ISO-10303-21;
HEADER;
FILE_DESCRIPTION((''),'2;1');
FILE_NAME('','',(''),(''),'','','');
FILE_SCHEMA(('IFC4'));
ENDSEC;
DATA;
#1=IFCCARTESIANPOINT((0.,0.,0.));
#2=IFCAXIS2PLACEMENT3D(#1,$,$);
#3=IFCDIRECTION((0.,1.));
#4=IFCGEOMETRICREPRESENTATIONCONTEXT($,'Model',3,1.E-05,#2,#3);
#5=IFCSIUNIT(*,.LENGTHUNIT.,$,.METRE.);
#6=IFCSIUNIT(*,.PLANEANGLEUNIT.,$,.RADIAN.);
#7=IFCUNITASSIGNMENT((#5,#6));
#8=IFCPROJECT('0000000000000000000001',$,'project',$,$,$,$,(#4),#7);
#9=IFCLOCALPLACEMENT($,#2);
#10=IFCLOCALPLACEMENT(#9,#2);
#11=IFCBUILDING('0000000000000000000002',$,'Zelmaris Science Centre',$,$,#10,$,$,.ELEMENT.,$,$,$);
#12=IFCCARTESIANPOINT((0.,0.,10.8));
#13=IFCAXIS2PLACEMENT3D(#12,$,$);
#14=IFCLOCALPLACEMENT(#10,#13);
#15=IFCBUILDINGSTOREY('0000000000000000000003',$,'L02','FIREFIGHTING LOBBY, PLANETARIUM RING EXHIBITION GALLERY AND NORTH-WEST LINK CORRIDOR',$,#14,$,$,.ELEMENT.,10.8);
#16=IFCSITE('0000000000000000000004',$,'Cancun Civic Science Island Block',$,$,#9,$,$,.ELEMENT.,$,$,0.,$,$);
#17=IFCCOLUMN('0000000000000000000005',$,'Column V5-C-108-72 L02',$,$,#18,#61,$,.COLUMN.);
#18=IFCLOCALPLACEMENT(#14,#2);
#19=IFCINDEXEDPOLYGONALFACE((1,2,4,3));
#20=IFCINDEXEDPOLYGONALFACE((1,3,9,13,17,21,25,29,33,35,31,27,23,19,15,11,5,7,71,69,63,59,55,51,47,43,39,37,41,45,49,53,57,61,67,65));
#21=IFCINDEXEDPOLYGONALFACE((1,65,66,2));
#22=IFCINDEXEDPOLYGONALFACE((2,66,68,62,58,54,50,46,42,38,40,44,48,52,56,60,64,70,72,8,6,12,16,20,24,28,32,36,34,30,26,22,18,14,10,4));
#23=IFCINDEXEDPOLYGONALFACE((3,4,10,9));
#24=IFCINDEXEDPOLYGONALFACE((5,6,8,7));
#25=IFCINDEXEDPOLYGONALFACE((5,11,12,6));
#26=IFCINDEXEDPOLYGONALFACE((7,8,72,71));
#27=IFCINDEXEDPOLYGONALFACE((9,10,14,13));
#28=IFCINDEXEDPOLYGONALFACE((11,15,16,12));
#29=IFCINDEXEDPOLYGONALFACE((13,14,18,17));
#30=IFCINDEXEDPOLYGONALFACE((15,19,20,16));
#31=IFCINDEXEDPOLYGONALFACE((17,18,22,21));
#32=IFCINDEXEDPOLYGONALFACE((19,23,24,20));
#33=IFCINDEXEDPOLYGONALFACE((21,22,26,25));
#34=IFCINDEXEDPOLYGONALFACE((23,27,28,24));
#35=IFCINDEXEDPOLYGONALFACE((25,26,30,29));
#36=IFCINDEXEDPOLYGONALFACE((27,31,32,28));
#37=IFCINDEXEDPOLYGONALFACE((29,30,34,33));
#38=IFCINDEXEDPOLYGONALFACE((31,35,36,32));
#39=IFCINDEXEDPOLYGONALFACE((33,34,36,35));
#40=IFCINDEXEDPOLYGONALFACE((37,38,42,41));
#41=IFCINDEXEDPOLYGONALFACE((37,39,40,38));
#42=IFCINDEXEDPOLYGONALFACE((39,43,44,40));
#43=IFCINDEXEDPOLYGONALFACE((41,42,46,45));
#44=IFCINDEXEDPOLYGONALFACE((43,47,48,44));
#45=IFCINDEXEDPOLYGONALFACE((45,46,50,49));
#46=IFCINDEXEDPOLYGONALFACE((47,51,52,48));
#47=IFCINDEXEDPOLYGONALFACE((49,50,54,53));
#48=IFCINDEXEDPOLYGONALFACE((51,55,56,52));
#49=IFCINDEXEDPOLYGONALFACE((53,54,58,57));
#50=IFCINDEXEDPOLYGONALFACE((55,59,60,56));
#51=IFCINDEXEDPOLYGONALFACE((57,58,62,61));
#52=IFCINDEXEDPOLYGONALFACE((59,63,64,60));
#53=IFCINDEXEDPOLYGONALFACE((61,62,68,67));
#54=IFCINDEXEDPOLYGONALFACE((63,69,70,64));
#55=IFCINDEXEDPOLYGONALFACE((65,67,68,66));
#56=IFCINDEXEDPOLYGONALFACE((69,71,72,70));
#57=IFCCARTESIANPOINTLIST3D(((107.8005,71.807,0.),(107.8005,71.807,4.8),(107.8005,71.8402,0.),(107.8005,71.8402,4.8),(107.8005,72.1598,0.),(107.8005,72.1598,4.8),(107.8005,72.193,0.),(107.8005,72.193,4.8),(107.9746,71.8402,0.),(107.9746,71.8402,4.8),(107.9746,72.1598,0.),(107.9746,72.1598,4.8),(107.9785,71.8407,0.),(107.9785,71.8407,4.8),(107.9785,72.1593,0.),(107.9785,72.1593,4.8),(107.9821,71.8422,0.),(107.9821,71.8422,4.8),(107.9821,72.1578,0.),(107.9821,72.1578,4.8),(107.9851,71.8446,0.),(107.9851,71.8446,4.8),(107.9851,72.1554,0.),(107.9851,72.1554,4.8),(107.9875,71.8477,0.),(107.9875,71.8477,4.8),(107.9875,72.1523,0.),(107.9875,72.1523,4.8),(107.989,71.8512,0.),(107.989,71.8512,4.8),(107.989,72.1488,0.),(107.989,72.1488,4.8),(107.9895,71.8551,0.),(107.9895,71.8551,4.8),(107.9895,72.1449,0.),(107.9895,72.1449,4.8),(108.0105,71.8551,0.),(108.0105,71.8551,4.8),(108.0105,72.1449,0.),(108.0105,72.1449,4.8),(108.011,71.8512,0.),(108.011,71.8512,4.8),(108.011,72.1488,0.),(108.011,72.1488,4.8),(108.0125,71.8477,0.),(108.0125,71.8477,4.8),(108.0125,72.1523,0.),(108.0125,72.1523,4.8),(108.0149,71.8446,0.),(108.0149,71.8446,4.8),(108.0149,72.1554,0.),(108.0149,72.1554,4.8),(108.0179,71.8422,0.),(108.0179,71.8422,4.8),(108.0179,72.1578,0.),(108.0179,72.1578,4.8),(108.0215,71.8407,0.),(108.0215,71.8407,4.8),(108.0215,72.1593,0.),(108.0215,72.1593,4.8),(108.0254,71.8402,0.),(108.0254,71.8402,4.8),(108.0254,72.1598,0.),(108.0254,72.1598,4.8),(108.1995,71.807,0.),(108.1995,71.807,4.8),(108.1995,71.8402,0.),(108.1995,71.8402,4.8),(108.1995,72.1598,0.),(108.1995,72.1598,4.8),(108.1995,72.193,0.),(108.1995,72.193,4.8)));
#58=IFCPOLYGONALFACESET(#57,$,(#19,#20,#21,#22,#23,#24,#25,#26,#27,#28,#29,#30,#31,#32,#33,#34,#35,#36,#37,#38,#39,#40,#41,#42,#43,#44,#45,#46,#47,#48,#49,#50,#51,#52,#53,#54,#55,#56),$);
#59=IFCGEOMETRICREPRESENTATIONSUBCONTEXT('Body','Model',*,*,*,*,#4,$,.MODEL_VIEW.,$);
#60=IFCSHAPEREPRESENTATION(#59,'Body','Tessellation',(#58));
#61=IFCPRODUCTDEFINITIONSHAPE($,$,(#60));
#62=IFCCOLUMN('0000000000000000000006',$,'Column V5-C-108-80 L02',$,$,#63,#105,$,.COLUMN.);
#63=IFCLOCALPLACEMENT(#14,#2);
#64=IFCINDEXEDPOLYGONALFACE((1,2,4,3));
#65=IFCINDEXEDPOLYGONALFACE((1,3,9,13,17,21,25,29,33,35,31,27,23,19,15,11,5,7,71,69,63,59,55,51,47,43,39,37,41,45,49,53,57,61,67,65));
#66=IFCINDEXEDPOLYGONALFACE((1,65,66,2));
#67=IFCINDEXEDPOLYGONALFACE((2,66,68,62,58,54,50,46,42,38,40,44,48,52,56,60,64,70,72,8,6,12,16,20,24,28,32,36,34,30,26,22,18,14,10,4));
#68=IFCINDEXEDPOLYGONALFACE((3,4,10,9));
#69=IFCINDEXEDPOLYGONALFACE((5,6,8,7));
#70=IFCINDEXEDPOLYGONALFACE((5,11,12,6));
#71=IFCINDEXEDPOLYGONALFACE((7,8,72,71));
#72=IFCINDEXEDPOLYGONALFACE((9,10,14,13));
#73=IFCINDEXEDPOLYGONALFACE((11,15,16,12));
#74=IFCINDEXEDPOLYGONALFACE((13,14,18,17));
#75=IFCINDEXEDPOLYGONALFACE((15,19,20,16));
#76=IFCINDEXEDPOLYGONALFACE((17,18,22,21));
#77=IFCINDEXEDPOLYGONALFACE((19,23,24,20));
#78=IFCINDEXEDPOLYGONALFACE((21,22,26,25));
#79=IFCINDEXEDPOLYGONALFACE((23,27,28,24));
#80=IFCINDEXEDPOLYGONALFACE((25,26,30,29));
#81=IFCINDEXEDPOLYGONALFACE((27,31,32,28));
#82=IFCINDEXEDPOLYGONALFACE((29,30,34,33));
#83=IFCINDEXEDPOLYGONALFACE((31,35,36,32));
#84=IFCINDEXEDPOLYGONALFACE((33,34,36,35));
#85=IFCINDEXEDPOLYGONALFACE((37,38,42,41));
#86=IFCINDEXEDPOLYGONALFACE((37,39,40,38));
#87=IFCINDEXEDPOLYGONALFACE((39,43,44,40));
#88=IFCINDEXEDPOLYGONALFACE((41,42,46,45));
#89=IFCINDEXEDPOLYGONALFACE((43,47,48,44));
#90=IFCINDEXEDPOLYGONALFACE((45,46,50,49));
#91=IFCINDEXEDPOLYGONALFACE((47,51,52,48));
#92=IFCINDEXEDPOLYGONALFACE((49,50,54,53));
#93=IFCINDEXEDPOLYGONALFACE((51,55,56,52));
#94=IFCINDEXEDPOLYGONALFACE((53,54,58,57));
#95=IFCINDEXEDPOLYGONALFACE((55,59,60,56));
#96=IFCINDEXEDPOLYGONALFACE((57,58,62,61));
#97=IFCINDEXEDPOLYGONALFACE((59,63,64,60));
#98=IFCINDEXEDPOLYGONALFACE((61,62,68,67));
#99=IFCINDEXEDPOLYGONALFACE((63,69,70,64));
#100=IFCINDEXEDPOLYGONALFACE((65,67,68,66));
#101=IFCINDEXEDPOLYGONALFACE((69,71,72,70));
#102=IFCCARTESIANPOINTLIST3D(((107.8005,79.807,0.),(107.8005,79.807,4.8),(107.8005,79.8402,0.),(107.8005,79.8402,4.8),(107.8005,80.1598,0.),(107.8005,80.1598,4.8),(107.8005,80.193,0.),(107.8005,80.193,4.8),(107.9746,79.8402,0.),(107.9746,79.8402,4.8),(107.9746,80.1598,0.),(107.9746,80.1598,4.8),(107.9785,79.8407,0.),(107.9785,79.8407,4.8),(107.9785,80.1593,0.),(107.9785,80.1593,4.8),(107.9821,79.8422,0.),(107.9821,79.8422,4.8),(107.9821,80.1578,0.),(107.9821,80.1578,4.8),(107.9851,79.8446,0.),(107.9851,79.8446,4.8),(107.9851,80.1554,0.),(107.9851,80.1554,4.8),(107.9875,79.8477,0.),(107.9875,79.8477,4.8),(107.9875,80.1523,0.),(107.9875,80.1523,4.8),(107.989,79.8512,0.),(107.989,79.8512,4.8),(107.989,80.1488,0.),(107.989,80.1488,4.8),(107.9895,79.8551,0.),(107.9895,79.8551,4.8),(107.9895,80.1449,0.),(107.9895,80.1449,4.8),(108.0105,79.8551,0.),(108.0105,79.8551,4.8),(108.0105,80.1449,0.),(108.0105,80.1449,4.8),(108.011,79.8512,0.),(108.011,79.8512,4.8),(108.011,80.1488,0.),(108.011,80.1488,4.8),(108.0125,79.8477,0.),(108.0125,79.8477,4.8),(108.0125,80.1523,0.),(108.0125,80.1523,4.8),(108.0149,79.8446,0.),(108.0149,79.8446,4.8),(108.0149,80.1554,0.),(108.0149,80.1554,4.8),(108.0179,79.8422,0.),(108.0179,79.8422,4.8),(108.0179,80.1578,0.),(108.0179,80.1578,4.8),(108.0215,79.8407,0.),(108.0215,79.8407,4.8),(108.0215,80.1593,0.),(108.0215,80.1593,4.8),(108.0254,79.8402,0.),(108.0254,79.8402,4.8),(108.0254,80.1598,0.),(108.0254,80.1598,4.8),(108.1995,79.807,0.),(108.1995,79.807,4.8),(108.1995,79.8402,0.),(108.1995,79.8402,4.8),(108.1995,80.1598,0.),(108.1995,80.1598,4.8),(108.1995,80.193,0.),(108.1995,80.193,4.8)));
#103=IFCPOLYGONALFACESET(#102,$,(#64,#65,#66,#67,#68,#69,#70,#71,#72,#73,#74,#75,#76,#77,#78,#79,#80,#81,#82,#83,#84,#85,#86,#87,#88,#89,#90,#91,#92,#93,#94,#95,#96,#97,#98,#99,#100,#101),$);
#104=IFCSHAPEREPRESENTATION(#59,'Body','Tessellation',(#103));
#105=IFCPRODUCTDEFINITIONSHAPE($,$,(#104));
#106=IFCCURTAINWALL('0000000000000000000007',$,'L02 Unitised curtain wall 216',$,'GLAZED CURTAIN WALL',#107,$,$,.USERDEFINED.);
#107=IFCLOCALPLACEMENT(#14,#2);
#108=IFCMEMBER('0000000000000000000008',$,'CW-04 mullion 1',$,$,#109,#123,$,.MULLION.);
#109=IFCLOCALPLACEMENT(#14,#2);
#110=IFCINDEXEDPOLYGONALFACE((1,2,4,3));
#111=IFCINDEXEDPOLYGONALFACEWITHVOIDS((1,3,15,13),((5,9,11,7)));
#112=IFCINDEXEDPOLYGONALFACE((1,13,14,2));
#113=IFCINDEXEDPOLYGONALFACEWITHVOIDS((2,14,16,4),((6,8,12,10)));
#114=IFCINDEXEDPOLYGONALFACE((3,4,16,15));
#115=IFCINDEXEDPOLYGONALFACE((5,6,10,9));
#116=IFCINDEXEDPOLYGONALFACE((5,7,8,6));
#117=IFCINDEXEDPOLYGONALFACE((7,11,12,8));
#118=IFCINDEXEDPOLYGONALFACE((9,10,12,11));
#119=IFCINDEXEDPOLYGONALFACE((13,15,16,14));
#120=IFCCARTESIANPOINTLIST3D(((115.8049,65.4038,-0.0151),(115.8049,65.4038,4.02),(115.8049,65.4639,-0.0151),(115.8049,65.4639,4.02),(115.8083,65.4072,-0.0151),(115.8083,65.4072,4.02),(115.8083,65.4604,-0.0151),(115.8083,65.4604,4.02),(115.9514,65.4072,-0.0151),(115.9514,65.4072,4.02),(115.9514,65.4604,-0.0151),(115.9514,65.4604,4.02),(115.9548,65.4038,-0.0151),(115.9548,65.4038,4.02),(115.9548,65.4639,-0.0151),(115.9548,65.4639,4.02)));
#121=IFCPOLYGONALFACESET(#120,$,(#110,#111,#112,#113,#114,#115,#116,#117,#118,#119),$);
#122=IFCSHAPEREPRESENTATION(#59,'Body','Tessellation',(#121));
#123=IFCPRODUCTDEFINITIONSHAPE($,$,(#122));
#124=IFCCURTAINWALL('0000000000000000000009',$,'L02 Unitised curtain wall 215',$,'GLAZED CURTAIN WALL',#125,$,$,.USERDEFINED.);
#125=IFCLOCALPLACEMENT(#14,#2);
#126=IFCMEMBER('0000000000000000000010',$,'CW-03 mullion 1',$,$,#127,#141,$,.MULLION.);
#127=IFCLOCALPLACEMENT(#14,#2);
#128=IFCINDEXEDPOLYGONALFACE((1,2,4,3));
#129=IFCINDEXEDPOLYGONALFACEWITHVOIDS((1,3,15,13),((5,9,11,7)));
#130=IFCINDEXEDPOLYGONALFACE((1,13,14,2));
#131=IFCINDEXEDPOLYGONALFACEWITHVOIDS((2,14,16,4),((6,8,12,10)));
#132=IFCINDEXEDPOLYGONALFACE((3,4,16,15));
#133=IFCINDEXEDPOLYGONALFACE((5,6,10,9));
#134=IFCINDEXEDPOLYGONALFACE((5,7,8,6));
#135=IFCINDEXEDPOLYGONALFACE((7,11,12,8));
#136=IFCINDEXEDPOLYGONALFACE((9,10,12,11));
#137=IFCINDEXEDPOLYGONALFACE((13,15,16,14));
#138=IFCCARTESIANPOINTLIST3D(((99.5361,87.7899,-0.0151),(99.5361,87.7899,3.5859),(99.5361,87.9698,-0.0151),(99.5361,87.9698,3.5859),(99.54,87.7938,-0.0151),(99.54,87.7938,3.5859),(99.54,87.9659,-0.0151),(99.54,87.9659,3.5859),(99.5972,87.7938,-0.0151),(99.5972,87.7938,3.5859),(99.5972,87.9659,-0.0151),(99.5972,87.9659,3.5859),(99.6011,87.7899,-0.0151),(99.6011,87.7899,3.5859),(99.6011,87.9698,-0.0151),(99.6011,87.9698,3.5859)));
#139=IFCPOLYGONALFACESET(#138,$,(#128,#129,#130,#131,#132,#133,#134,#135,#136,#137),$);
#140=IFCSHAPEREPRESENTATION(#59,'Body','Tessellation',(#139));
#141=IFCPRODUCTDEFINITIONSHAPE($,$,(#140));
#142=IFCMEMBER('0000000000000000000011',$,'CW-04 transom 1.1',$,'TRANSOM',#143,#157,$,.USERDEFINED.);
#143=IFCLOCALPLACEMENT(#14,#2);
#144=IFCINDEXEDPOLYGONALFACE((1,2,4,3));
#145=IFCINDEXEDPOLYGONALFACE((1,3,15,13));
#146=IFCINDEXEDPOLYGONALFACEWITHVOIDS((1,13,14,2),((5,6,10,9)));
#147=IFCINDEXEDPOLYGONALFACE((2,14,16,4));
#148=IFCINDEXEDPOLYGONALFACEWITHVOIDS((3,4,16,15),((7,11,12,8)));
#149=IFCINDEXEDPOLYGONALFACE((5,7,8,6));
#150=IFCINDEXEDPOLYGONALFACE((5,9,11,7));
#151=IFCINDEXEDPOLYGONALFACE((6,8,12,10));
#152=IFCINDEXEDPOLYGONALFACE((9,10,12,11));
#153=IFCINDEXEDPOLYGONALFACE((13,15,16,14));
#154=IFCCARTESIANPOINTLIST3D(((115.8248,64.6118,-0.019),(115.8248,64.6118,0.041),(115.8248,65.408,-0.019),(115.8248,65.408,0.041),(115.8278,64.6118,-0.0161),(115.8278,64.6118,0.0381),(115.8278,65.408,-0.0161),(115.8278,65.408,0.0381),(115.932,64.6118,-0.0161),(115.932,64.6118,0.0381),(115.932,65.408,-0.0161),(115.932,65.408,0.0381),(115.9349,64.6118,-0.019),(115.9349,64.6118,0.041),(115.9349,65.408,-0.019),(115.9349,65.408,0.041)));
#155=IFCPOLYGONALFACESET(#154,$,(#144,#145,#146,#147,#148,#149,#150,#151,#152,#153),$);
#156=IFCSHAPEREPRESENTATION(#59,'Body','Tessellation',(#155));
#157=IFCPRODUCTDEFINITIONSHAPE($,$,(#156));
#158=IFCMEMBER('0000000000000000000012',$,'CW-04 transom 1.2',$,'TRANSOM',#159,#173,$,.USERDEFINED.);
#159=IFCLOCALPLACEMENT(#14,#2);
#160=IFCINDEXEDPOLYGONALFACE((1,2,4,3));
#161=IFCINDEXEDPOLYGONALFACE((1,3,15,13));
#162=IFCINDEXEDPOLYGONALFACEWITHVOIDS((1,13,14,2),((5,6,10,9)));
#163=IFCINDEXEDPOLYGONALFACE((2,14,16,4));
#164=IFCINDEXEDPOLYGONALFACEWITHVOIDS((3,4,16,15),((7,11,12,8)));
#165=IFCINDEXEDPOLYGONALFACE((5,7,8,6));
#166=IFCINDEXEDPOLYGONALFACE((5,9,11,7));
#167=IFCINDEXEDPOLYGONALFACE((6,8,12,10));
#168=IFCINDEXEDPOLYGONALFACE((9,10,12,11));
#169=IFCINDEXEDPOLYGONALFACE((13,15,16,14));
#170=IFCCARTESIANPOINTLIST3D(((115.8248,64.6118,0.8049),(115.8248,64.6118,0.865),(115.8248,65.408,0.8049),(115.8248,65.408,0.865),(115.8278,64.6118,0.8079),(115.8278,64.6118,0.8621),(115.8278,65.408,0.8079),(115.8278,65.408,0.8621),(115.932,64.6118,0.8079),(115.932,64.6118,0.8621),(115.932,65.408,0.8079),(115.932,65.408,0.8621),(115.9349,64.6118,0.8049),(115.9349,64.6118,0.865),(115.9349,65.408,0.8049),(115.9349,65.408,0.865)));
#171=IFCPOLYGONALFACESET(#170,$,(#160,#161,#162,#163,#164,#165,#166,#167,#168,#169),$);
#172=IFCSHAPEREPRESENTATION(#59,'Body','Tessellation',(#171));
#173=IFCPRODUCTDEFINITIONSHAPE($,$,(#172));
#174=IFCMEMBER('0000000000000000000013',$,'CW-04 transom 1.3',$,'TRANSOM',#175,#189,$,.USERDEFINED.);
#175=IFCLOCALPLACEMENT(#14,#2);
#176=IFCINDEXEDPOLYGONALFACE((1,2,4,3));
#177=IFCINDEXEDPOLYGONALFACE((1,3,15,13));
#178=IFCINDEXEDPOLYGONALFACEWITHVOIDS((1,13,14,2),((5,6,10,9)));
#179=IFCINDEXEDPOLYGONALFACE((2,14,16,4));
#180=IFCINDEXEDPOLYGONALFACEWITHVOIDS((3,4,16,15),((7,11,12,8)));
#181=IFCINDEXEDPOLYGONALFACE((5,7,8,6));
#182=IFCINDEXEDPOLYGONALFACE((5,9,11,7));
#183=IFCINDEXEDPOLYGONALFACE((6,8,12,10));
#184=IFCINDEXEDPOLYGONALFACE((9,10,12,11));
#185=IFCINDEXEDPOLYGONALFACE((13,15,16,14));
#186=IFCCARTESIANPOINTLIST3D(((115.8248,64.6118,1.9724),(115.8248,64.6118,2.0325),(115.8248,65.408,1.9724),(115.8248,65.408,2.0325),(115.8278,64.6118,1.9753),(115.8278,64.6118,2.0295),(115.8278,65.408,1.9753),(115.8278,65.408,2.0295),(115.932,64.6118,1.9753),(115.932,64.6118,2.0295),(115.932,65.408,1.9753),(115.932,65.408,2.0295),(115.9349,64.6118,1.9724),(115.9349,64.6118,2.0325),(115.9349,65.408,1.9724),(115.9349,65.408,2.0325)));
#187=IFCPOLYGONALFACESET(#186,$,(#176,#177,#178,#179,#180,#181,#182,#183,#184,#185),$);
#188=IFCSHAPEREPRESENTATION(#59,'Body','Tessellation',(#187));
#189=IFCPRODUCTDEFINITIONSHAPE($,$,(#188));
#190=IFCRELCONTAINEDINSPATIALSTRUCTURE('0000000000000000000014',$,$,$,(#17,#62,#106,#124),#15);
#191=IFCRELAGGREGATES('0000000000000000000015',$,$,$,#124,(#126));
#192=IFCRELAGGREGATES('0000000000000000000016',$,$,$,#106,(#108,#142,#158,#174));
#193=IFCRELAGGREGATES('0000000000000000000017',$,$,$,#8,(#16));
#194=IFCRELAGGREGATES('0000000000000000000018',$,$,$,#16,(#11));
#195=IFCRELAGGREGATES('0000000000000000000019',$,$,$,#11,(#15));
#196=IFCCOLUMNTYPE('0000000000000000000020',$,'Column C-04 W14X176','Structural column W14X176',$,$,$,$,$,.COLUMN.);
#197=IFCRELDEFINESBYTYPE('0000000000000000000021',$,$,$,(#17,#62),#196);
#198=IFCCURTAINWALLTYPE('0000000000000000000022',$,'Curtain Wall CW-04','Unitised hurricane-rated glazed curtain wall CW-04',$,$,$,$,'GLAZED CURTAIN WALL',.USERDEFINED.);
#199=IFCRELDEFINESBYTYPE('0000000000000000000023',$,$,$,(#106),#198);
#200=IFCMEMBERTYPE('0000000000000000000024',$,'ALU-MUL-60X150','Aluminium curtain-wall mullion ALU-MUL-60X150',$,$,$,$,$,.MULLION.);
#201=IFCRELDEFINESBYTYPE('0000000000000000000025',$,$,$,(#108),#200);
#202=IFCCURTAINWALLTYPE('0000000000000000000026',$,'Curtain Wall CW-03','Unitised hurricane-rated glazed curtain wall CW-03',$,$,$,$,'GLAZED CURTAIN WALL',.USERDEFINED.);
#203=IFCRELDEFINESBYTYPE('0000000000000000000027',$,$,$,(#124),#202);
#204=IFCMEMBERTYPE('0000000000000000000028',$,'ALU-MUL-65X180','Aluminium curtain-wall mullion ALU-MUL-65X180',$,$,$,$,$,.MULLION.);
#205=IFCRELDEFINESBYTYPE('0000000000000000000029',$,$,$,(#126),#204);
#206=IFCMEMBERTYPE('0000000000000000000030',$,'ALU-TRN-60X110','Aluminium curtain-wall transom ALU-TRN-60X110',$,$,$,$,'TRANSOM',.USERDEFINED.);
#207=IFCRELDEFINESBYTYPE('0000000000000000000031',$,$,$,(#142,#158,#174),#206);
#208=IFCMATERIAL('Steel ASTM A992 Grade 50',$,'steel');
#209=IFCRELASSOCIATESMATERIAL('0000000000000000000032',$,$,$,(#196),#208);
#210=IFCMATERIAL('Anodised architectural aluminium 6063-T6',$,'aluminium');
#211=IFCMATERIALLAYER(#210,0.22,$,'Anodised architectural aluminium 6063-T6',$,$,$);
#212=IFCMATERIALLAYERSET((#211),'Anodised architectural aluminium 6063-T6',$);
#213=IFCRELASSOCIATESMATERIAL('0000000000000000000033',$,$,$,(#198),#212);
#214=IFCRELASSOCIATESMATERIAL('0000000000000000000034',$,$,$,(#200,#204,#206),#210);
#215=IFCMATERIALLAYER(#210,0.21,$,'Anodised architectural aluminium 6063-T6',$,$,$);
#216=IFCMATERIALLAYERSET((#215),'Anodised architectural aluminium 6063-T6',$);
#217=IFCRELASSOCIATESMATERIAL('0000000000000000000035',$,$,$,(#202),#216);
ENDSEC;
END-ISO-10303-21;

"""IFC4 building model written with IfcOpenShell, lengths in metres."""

from ifc_helpers import new_model, si_unit, direction, frame, origin, origin_2d, place, context, subcontext, project, spatial, hollow_rectangle, i_section, extrude, material, layer, layer_set, material_profile, profile_set, type_object, element, aggregate, save


model = new_model("IFC4")

# Units and contexts
model_context = context("Model", 3, precision=1e-05, world=origin(), true_north=direction((0.0, 1.0)))
body_context = subcontext(model_context, "Body", "Model", "MODEL_VIEW")
ifc_project = project(units=[si_unit("LENGTHUNIT", "METRE"), si_unit("PLANEANGLEUNIT", "RADIAN")], contexts=[model_context])

# Site, building, storey
site_placement = place(None, origin())
site = spatial("IfcSite", under=ifc_project, at=site_placement, Name="Cancun Civic Science Island Block", CompositionType="ELEMENT", RefElevation=0.0)
building_placement = place(site_placement, origin())
building = spatial("IfcBuilding", under=site, at=building_placement, Name="Zelmaris Science Centre", CompositionType="ELEMENT")
storey_placement = place(building_placement, frame((0.0, 0.0, 10.8)))
storey = spatial("IfcBuildingStorey", under=building, at=storey_placement, Name="L02", Description="FIREFIGHTING LOBBY, PLANETARIUM RING EXHIBITION GALLERY AND NORTH-WEST LINK CORRIDOR", CompositionType="ELEMENT", Elevation=10.8)

# Columns
ifc_material_1 = material(Name="Steel ASTM A992 Grade 50", Category="steel")
ifc_material_profile_1 = material_profile(ifc_material_1, i_section(OverallWidth=0.3989, OverallDepth=0.386, WebThickness=0.021, FlangeThickness=0.0332, FilletRadius=0.0149, at=origin_2d()), Name="W14X176")
ifc_profile_set_1 = profile_set([ifc_material_profile_1], Name="Steel ASTM A992 Grade 50")
column_type = type_object("IfcColumnType", Name="Column C-04 W14X176", Description="Structural column W14X176", PredefinedType="COLUMN", material=ifc_profile_set_1)
for number, where, z_axis, x_axis, name in (
    (1, (108.0, 72.0, 0.0), (0.0, 0.0, 1.0), (1.0, 0.0, 0.0), "Column V5-C-108-72 L02"),
    (2, (108.0, 80.0, 0.0), (0.0, 0.0, 1.0), (1.0, 0.0, 0.0), "Column V5-C-108-80 L02"),
):
    element("IfcColumn", number, at=place(storey_placement, frame(where, z_axis=z_axis, x_axis=x_axis)), inside=storey, type_object=column_type, Name=name, PredefinedType="COLUMN", context=body_context, shape_type="SweptSolid", body=[
        extrude(i_section(OverallWidth=0.3989, OverallDepth=0.386, WebThickness=0.021, FlangeThickness=0.0332, FilletRadius=0.0149, at=origin_2d()), origin(), (0.0, 0.0, 1.0), 4.8),
    ])

# Curtain walls, members
ifc_material_2 = material(Name="Anodised architectural aluminium 6063-T6", Category="aluminium")
ifc_layer_1 = layer(ifc_material_2, 0.22, Name="Anodised architectural aluminium 6063-T6")
ifc_layer_set_1 = layer_set([ifc_layer_1], Name="Anodised architectural aluminium 6063-T6")
curtain_wall_type_1 = type_object("IfcCurtainWallType", Name="Curtain Wall CW-04", Description="Unitised hurricane-rated glazed curtain wall CW-04", ElementType="GLAZED CURTAIN WALL", PredefinedType="USERDEFINED", material=ifc_layer_set_1)
curtain_wall_1_placement = place(storey_placement, origin())
curtain_wall_1 = element("IfcCurtainWall", 3, at=curtain_wall_1_placement, inside=storey, type_object=curtain_wall_type_1, Name="L02 Unitised curtain wall 216", ObjectType="GLAZED CURTAIN WALL", PredefinedType="USERDEFINED")
ifc_material_profile_2 = material_profile(ifc_material_2, hollow_rectangle(XDim=0.0601, YDim=0.1499, WallThickness=0.0034, at=origin_2d()), Name="ALU-MUL-60X150")
ifc_profile_set_2 = profile_set([ifc_material_profile_2], Name="Anodised architectural aluminium 6063-T6")
member_type_1 = type_object("IfcMemberType", Name="ALU-MUL-60X150", Description="Aluminium curtain-wall mullion ALU-MUL-60X150", PredefinedType="MULLION", material=ifc_profile_set_2)
member_1_placement = place(storey_placement, frame((115.8799, 65.4338, -0.0151), z_axis=(0.0, 0.0, 1.0), x_axis=(0.000007, -1.0, 0.0)))
member_1 = element("IfcMember", 4, at=member_1_placement, type_object=member_type_1, Name="CW-04 mullion 1", PredefinedType="MULLION", context=body_context, shape_type="SweptSolid", body=[
    extrude(hollow_rectangle(XDim=0.0601, YDim=0.1499, WallThickness=0.0034, at=origin_2d()), origin(), (0.0, 0.0, 1.0), 4.0352),
])
ifc_layer_2 = layer(ifc_material_2, 0.21, Name="Anodised architectural aluminium 6063-T6")
ifc_layer_set_2 = layer_set([ifc_layer_2], Name="Anodised architectural aluminium 6063-T6")
curtain_wall_type_2 = type_object("IfcCurtainWallType", Name="Curtain Wall CW-03", Description="Unitised hurricane-rated glazed curtain wall CW-03", ElementType="GLAZED CURTAIN WALL", PredefinedType="USERDEFINED", material=ifc_layer_set_2)
curtain_wall_2_placement = place(storey_placement, origin())
curtain_wall_2 = element("IfcCurtainWall", 5, at=curtain_wall_2_placement, inside=storey, type_object=curtain_wall_type_2, Name="L02 Unitised curtain wall 215", ObjectType="GLAZED CURTAIN WALL", PredefinedType="USERDEFINED")
ifc_material_profile_3 = material_profile(ifc_material_2, hollow_rectangle(XDim=0.0649, YDim=0.1799, WallThickness=0.0039, at=origin_2d()), Name="ALU-MUL-65X180")
ifc_profile_set_3 = profile_set([ifc_material_profile_3], Name="Anodised architectural aluminium 6063-T6")
member_type_2 = type_object("IfcMemberType", Name="ALU-MUL-65X180", Description="Aluminium curtain-wall mullion ALU-MUL-65X180", PredefinedType="MULLION", material=ifc_profile_set_3)
member_2_placement = place(storey_placement, frame((99.5686, 87.8799, -0.0151), z_axis=(0.0, 0.0, 1.0), x_axis=(1.0, 0.0, 0.0)))
member_2 = element("IfcMember", 6, at=member_2_placement, type_object=member_type_2, Name="CW-03 mullion 1", PredefinedType="MULLION", context=body_context, shape_type="SweptSolid", body=[
    extrude(hollow_rectangle(XDim=0.0649, YDim=0.1799, WallThickness=0.0039, at=origin_2d()), origin(), (0.0, 0.0, 1.0), 3.6011),
])

# Members
ifc_material_profile_4 = material_profile(ifc_material_2, hollow_rectangle(XDim=0.0601, YDim=0.1101, WallThickness=0.0029, at=origin_2d()), Name="ALU-TRN-60X110")
ifc_profile_set_4 = profile_set([ifc_material_profile_4], Name="Anodised architectural aluminium 6063-T6")
member_type_3 = type_object("IfcMemberType", Name="ALU-TRN-60X110", Description="Aluminium curtain-wall transom ALU-TRN-60X110", ElementType="TRANSOM", PredefinedType="USERDEFINED", material=ifc_profile_set_4)
member_3_placement = place(storey_placement, frame((115.8799, 65.408, 0.011), z_axis=(0.0, -1.0, 0.0), x_axis=(0.0, 0.0, 1.0)))
member_3 = element("IfcMember", 7, at=member_3_placement, type_object=member_type_3, Name="CW-04 transom 1.1", ObjectType="TRANSOM", PredefinedType="USERDEFINED", context=body_context, shape_type="SweptSolid", body=[
    extrude(hollow_rectangle(XDim=0.0601, YDim=0.1101, WallThickness=0.0029, at=origin_2d()), origin(), (0.0, 0.0, 1.0), 0.7961),
])
member_4_placement = place(storey_placement, frame((115.8799, 65.408, 0.835), z_axis=(0.0, -1.0, 0.0), x_axis=(0.0, 0.0, 1.0)))
member_4 = element("IfcMember", 8, at=member_4_placement, type_object=member_type_3, Name="CW-04 transom 1.2", ObjectType="TRANSOM", PredefinedType="USERDEFINED", context=body_context, shape_type="SweptSolid", body=[
    extrude(hollow_rectangle(XDim=0.0601, YDim=0.1101, WallThickness=0.0029, at=origin_2d()), origin(), (0.0, 0.0, 1.0), 0.7961),
])
member_5_placement = place(storey_placement, frame((115.8799, 65.408, 2.0024), z_axis=(0.0, -1.0, 0.0), x_axis=(0.0, 0.0, 1.0)))
member_5 = element("IfcMember", 9, at=member_5_placement, type_object=member_type_3, Name="CW-04 transom 1.3", ObjectType="TRANSOM", PredefinedType="USERDEFINED", context=body_context, shape_type="SweptSolid", body=[
    extrude(hollow_rectangle(XDim=0.0601, YDim=0.1101, WallThickness=0.0029, at=origin_2d()), origin(), (0.0, 0.0, 1.0), 0.7961),
])
aggregate(curtain_wall_2, [member_2])

aggregate(curtain_wall_1, [member_1, member_3, member_4, member_5])

save(model, "model.ifc")
